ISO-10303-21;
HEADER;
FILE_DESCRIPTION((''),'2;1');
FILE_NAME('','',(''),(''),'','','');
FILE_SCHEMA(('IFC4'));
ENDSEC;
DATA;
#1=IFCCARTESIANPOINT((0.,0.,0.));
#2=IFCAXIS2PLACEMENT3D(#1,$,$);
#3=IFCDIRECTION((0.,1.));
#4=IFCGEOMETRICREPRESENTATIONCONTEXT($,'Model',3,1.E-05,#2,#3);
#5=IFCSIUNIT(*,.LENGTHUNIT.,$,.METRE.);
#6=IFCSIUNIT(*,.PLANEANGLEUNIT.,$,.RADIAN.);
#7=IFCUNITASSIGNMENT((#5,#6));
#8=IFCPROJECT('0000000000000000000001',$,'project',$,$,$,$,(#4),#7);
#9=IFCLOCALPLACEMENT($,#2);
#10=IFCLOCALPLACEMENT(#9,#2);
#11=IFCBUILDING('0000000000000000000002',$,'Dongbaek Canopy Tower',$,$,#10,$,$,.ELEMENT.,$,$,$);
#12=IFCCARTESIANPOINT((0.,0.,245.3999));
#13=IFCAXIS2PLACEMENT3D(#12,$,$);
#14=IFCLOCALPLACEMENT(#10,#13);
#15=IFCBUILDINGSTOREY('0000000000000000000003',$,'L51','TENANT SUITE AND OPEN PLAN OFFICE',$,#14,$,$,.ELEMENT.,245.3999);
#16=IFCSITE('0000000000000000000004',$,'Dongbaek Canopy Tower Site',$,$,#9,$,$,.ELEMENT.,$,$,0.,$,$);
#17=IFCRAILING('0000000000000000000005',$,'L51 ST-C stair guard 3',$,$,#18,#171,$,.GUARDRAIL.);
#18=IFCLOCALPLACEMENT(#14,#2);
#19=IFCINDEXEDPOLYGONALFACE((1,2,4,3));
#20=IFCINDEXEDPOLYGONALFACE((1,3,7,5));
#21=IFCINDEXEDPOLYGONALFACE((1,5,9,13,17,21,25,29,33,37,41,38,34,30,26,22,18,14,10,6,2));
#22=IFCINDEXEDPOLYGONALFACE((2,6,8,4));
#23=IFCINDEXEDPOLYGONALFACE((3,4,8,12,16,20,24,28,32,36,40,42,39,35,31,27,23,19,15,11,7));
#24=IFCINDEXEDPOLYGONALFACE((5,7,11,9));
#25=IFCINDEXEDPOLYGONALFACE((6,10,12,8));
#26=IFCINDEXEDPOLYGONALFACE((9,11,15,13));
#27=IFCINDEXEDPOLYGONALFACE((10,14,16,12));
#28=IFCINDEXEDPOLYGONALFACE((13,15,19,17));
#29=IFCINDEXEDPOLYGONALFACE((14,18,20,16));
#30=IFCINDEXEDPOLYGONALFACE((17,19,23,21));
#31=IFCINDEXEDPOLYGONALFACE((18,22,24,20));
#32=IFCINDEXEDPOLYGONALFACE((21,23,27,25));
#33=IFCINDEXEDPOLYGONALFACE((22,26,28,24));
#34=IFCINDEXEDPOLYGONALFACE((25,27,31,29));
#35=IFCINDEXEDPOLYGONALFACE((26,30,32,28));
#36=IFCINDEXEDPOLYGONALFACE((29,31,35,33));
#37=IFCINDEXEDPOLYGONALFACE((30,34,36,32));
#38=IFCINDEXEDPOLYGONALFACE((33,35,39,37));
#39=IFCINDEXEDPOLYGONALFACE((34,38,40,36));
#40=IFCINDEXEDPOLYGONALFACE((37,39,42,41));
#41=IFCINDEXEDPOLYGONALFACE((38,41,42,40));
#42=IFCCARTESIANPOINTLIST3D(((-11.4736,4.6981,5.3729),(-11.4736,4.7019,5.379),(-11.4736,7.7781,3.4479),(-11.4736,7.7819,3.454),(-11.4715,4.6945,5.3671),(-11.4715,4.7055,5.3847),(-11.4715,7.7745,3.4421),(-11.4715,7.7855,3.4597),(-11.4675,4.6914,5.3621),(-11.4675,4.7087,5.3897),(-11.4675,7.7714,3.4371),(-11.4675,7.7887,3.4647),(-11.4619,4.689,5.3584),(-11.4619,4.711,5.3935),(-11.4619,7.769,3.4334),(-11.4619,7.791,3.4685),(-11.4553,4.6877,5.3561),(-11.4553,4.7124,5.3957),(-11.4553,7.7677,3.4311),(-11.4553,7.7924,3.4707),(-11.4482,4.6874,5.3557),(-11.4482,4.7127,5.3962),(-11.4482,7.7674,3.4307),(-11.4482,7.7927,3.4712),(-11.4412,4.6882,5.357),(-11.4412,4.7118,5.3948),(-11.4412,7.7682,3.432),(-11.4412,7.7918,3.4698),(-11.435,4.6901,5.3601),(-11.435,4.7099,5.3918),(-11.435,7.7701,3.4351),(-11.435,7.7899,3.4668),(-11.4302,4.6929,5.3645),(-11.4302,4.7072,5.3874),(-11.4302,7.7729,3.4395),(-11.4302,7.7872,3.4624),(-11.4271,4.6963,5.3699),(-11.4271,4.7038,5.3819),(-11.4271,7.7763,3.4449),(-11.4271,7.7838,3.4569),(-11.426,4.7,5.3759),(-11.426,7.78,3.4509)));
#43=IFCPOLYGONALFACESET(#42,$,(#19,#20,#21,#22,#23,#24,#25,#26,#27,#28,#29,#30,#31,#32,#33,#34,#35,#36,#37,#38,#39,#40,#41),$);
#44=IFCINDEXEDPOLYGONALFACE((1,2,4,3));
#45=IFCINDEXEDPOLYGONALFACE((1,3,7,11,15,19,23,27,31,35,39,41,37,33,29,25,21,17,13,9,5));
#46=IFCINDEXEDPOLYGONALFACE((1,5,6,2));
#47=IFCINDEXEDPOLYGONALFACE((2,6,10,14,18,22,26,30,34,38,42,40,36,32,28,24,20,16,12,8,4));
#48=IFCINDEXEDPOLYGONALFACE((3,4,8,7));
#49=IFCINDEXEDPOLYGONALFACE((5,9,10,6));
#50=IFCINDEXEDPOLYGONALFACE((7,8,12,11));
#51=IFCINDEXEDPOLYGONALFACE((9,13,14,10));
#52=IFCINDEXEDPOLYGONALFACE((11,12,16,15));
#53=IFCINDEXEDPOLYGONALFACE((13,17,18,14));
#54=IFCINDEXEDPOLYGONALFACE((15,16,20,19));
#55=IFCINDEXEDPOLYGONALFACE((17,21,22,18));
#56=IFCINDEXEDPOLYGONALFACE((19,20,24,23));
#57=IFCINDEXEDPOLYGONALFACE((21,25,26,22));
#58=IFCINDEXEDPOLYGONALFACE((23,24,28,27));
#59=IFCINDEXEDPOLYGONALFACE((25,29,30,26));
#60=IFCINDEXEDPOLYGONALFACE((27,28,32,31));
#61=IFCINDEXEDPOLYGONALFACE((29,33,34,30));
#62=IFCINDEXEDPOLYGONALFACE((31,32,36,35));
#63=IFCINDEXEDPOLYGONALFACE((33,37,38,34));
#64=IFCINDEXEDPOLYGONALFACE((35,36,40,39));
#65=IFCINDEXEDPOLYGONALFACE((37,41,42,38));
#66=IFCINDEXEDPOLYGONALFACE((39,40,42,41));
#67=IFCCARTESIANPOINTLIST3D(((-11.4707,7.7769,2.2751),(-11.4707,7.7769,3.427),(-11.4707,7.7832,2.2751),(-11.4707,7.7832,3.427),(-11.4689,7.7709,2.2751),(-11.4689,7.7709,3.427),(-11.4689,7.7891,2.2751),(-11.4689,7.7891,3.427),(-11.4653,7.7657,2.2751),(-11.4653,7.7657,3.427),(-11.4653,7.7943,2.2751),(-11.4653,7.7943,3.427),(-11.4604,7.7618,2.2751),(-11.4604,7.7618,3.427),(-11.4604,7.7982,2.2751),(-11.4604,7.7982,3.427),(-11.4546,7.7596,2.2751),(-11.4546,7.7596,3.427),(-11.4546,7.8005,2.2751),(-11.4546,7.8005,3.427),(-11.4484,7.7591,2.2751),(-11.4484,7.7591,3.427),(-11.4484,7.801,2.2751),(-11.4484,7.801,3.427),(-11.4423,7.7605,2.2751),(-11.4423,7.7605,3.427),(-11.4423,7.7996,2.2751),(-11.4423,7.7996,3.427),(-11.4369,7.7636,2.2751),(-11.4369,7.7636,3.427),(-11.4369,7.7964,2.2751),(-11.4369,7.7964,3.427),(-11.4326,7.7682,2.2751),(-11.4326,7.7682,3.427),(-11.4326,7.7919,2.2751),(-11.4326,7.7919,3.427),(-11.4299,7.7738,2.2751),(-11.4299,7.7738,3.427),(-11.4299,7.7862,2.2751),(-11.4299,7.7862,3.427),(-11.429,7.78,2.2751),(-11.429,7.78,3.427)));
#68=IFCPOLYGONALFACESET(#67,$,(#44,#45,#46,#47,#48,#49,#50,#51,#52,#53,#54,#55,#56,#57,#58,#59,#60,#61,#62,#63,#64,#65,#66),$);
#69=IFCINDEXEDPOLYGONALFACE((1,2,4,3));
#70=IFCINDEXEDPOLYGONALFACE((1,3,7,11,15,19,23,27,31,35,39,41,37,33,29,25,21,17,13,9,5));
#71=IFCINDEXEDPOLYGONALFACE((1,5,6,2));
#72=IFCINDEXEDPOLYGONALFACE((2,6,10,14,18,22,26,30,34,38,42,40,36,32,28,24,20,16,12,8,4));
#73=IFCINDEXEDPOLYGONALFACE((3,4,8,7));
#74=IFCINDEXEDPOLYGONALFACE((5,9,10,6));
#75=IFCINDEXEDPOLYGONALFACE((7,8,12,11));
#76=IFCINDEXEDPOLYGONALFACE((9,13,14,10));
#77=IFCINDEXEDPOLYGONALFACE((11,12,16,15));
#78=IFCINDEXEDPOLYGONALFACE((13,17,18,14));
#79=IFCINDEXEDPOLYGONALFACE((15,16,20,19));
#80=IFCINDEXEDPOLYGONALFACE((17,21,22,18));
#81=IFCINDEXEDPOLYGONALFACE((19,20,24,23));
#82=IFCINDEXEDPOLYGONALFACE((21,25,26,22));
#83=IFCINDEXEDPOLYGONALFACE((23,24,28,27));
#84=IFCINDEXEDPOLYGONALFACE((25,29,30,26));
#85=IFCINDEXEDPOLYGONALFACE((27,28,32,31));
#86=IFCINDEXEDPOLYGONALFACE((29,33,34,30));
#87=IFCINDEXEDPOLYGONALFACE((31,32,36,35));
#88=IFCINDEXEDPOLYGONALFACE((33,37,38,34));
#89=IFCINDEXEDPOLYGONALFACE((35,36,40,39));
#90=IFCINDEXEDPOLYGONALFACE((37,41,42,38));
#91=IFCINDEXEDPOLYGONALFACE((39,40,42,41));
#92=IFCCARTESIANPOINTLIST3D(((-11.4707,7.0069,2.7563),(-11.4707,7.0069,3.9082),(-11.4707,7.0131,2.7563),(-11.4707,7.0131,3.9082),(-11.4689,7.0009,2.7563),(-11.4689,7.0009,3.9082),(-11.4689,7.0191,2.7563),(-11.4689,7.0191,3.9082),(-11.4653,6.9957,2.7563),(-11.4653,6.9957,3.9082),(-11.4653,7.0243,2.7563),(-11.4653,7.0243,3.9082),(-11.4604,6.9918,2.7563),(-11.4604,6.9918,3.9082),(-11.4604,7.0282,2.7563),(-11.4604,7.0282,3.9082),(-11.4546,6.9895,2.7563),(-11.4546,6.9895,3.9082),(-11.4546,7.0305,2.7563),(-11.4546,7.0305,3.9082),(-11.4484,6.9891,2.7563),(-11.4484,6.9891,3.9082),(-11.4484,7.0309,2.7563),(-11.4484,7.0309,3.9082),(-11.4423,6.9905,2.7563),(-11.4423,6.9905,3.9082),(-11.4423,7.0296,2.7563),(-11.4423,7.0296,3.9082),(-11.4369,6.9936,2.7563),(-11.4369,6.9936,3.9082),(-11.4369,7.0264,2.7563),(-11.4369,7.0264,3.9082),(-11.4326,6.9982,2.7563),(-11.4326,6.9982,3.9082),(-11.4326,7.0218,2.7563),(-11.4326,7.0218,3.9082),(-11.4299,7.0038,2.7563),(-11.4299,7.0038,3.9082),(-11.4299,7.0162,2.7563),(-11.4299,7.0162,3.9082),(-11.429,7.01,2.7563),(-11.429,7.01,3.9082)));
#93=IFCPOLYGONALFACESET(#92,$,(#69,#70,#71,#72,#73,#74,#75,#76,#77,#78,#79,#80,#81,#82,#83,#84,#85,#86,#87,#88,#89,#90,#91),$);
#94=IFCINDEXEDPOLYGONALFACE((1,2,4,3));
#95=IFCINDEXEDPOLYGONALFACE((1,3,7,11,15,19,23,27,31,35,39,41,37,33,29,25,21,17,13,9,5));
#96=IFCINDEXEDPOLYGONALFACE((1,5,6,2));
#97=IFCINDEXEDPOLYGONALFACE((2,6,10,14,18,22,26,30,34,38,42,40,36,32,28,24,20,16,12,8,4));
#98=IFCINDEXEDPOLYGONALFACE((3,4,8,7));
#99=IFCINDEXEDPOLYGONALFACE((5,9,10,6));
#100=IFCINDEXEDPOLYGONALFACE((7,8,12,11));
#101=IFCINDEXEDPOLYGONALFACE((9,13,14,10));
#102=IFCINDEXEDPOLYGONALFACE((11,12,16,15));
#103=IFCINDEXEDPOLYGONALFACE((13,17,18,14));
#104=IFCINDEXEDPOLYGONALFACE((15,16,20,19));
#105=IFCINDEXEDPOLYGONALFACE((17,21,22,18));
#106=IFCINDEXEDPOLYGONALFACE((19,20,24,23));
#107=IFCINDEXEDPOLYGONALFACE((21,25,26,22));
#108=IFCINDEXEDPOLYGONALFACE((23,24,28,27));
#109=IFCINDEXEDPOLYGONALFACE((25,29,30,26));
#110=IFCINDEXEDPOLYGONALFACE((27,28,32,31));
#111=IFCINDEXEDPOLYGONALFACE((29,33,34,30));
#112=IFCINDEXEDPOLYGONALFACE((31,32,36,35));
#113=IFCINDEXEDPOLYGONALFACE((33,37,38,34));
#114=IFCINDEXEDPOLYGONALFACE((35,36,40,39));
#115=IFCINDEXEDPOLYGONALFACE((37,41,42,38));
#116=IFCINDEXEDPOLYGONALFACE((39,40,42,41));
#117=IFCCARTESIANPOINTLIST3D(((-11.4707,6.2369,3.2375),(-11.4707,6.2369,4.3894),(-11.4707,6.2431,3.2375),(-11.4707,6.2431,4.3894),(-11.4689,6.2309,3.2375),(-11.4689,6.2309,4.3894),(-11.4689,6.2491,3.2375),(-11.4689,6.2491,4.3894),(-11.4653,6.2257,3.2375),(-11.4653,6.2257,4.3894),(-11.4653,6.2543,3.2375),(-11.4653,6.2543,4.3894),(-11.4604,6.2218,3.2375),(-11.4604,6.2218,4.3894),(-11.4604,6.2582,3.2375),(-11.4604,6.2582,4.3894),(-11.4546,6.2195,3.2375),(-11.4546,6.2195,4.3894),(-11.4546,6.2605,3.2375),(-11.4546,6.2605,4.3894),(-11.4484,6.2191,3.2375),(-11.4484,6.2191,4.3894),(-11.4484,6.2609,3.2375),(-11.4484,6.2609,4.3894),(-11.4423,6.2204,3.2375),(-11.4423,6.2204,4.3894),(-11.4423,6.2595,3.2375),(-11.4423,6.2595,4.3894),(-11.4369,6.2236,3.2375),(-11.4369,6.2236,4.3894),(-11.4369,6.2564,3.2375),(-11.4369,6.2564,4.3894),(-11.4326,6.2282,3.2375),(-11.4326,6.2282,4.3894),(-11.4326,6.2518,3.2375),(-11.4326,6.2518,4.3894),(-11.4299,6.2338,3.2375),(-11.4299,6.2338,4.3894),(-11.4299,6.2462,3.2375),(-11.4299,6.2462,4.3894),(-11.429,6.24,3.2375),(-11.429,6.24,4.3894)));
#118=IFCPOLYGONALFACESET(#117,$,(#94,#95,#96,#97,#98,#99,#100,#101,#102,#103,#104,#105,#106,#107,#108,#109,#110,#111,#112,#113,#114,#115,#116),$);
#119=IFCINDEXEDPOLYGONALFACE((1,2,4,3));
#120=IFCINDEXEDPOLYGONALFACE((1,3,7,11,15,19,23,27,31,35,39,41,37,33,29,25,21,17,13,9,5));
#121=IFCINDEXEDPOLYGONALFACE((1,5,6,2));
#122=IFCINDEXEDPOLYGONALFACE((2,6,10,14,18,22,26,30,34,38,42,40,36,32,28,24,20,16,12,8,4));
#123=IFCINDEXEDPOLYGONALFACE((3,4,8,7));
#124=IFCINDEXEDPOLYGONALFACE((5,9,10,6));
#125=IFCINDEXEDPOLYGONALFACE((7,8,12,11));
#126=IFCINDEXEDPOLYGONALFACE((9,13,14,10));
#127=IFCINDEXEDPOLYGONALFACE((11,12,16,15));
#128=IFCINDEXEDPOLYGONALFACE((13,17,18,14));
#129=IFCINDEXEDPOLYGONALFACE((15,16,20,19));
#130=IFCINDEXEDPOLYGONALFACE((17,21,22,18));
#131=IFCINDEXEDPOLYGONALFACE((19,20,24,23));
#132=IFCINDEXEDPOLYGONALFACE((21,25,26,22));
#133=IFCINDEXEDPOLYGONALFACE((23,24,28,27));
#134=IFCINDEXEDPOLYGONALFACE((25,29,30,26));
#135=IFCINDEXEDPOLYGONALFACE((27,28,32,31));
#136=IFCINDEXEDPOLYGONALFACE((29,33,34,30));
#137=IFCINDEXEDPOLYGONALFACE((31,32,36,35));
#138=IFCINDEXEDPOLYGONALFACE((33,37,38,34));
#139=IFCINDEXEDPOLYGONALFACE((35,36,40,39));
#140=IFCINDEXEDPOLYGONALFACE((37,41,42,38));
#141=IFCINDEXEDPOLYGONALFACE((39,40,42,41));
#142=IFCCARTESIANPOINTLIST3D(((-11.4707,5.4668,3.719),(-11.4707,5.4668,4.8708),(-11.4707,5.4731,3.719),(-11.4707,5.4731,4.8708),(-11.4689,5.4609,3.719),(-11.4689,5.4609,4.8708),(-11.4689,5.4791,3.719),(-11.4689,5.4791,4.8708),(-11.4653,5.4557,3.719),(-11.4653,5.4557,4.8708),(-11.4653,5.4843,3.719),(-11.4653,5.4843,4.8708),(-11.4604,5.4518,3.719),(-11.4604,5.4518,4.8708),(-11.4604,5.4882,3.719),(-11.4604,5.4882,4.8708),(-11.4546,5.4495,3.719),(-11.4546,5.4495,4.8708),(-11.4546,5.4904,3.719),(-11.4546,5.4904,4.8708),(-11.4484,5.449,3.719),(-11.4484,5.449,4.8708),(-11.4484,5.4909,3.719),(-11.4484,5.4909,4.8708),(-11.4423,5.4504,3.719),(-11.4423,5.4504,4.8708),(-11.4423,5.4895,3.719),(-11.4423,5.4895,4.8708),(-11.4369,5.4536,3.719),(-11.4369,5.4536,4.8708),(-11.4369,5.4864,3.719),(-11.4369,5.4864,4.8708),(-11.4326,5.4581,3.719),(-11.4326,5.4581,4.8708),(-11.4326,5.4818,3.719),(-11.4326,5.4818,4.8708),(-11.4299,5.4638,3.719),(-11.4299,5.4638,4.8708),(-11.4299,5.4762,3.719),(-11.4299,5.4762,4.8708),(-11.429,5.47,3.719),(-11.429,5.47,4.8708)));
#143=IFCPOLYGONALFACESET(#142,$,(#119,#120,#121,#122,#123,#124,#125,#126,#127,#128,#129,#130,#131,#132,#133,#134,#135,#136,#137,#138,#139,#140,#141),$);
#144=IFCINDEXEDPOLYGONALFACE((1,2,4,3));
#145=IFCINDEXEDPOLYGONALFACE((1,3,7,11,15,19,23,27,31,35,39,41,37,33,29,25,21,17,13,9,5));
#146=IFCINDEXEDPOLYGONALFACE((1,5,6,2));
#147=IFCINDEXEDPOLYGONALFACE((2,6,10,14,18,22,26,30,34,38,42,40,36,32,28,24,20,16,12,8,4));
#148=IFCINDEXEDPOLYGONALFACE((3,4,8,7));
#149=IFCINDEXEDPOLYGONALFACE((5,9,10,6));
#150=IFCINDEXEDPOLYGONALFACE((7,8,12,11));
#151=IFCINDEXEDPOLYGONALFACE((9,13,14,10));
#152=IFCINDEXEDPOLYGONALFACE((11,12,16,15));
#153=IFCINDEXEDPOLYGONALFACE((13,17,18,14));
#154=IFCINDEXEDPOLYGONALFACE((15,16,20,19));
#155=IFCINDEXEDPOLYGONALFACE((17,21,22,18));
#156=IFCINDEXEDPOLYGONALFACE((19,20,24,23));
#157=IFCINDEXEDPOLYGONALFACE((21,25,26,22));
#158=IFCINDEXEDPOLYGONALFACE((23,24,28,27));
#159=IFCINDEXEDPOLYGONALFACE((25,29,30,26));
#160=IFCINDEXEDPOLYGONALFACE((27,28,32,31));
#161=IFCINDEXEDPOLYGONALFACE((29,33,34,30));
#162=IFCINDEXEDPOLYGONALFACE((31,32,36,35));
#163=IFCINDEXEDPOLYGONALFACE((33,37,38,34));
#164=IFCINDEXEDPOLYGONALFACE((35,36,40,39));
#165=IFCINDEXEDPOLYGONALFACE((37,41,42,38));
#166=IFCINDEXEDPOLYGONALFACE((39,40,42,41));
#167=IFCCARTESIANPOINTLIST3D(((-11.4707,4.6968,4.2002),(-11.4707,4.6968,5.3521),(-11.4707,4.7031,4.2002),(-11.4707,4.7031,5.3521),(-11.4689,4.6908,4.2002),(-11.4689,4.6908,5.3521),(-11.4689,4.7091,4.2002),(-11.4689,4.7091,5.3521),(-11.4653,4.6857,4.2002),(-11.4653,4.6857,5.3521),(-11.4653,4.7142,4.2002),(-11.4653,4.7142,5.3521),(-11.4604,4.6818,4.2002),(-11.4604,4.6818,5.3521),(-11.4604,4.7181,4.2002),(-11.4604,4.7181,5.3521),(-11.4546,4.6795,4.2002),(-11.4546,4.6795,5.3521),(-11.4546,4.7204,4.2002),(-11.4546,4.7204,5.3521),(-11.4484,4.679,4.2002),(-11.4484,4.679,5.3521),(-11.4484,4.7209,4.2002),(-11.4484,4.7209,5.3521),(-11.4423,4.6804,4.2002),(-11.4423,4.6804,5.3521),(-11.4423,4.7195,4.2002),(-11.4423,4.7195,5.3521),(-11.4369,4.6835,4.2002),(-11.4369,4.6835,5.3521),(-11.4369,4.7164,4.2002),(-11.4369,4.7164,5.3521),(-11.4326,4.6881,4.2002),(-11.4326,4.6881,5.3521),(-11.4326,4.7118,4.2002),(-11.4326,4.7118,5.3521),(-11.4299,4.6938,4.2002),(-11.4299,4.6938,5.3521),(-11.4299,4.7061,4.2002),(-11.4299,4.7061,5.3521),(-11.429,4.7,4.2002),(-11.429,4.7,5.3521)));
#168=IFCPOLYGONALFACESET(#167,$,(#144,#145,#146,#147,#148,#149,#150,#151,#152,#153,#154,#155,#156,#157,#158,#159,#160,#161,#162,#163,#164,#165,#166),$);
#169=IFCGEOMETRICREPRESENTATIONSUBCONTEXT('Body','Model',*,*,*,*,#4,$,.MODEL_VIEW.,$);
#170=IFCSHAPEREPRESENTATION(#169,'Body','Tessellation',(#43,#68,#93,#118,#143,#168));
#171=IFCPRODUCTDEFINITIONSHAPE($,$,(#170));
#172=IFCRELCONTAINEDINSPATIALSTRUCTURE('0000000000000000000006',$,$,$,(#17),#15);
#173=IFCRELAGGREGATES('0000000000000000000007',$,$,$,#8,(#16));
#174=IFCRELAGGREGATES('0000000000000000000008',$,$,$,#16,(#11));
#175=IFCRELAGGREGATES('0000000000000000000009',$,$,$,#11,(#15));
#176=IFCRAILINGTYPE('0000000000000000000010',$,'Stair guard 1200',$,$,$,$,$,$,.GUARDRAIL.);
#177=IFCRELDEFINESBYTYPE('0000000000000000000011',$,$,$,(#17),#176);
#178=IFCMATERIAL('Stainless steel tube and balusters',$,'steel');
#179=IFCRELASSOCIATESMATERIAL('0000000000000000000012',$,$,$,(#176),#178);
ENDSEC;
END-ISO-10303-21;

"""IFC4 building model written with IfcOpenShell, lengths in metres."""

from ifc_helpers import new_model, si_unit, direction, frame, origin, origin_2d, place, context, subcontext, project, spatial, circle, extrude, material, type_object, element, save


model = new_model("IFC4")

# Units and contexts
model_context = context("Model", 3, precision=1e-05, world=origin(), true_north=direction((0.0, 1.0)))
body_context = subcontext(model_context, "Body", "Model", "MODEL_VIEW")
ifc_project = project(units=[si_unit("LENGTHUNIT", "METRE"), si_unit("PLANEANGLEUNIT", "RADIAN")], contexts=[model_context])

# Site, building, storey
site_placement = place(None, origin())
site = spatial("IfcSite", under=ifc_project, at=site_placement, Name="Dongbaek Canopy Tower Site", CompositionType="ELEMENT", RefElevation=0.0)
building_placement = place(site_placement, origin())
building = spatial("IfcBuilding", under=site, at=building_placement, Name="Dongbaek Canopy Tower", CompositionType="ELEMENT")
storey_placement = place(building_placement, frame((0.0, 0.0, 245.3999)))
storey = spatial("IfcBuildingStorey", under=building, at=storey_placement, Name="L51", Description="TENANT SUITE AND OPEN PLAN OFFICE", CompositionType="ELEMENT", Elevation=245.3999)

# Railing
ifc_material_1 = material(Name="Stainless steel tube and balusters", Category="steel")
railing_type_1 = type_object("IfcRailingType", Name="Stair guard 1200", PredefinedType="GUARDRAIL", material=ifc_material_1)
railing_1_placement = place(storey_placement, frame((-11.45, 7.78, 2.2751)))
element("IfcRailing", 1, at=railing_1_placement, inside=storey, type_object=railing_type_1, Name="L51 ST-C stair guard 3", PredefinedType="GUARDRAIL", context=body_context, shape_type="SweptSolid", body=[
    extrude(circle(Radius=0.0239, at=origin_2d()), frame((0.0, 0.0, 1.1758), z_axis=(0.0, -0.847998, 0.529999), x_axis=(1.0, 0.0, 0.0)), (0.0, 0.0, 1.0), 3.6321),
    extrude(circle(Radius=0.021, at=origin_2d()), origin(), (0.0, 0.0, 1.0), 1.1519),
    extrude(circle(Radius=0.021, at=origin_2d()), frame((0.0, -0.77, 0.4812)), (0.0, 0.0, 1.0), 1.1519),
    extrude(circle(Radius=0.021, at=origin_2d()), frame((0.0, -1.54, 0.9624)), (0.0, 0.0, 1.0), 1.1519),
    extrude(circle(Radius=0.021, at=origin_2d()), frame((0.0, -2.3101, 1.4438)), (0.0, 0.0, 1.0), 1.1519),
    extrude(circle(Radius=0.021, at=origin_2d()), frame((0.0, -3.0801, 1.925)), (0.0, 0.0, 1.0), 1.1519),
])

save(model, "model.ifc")
